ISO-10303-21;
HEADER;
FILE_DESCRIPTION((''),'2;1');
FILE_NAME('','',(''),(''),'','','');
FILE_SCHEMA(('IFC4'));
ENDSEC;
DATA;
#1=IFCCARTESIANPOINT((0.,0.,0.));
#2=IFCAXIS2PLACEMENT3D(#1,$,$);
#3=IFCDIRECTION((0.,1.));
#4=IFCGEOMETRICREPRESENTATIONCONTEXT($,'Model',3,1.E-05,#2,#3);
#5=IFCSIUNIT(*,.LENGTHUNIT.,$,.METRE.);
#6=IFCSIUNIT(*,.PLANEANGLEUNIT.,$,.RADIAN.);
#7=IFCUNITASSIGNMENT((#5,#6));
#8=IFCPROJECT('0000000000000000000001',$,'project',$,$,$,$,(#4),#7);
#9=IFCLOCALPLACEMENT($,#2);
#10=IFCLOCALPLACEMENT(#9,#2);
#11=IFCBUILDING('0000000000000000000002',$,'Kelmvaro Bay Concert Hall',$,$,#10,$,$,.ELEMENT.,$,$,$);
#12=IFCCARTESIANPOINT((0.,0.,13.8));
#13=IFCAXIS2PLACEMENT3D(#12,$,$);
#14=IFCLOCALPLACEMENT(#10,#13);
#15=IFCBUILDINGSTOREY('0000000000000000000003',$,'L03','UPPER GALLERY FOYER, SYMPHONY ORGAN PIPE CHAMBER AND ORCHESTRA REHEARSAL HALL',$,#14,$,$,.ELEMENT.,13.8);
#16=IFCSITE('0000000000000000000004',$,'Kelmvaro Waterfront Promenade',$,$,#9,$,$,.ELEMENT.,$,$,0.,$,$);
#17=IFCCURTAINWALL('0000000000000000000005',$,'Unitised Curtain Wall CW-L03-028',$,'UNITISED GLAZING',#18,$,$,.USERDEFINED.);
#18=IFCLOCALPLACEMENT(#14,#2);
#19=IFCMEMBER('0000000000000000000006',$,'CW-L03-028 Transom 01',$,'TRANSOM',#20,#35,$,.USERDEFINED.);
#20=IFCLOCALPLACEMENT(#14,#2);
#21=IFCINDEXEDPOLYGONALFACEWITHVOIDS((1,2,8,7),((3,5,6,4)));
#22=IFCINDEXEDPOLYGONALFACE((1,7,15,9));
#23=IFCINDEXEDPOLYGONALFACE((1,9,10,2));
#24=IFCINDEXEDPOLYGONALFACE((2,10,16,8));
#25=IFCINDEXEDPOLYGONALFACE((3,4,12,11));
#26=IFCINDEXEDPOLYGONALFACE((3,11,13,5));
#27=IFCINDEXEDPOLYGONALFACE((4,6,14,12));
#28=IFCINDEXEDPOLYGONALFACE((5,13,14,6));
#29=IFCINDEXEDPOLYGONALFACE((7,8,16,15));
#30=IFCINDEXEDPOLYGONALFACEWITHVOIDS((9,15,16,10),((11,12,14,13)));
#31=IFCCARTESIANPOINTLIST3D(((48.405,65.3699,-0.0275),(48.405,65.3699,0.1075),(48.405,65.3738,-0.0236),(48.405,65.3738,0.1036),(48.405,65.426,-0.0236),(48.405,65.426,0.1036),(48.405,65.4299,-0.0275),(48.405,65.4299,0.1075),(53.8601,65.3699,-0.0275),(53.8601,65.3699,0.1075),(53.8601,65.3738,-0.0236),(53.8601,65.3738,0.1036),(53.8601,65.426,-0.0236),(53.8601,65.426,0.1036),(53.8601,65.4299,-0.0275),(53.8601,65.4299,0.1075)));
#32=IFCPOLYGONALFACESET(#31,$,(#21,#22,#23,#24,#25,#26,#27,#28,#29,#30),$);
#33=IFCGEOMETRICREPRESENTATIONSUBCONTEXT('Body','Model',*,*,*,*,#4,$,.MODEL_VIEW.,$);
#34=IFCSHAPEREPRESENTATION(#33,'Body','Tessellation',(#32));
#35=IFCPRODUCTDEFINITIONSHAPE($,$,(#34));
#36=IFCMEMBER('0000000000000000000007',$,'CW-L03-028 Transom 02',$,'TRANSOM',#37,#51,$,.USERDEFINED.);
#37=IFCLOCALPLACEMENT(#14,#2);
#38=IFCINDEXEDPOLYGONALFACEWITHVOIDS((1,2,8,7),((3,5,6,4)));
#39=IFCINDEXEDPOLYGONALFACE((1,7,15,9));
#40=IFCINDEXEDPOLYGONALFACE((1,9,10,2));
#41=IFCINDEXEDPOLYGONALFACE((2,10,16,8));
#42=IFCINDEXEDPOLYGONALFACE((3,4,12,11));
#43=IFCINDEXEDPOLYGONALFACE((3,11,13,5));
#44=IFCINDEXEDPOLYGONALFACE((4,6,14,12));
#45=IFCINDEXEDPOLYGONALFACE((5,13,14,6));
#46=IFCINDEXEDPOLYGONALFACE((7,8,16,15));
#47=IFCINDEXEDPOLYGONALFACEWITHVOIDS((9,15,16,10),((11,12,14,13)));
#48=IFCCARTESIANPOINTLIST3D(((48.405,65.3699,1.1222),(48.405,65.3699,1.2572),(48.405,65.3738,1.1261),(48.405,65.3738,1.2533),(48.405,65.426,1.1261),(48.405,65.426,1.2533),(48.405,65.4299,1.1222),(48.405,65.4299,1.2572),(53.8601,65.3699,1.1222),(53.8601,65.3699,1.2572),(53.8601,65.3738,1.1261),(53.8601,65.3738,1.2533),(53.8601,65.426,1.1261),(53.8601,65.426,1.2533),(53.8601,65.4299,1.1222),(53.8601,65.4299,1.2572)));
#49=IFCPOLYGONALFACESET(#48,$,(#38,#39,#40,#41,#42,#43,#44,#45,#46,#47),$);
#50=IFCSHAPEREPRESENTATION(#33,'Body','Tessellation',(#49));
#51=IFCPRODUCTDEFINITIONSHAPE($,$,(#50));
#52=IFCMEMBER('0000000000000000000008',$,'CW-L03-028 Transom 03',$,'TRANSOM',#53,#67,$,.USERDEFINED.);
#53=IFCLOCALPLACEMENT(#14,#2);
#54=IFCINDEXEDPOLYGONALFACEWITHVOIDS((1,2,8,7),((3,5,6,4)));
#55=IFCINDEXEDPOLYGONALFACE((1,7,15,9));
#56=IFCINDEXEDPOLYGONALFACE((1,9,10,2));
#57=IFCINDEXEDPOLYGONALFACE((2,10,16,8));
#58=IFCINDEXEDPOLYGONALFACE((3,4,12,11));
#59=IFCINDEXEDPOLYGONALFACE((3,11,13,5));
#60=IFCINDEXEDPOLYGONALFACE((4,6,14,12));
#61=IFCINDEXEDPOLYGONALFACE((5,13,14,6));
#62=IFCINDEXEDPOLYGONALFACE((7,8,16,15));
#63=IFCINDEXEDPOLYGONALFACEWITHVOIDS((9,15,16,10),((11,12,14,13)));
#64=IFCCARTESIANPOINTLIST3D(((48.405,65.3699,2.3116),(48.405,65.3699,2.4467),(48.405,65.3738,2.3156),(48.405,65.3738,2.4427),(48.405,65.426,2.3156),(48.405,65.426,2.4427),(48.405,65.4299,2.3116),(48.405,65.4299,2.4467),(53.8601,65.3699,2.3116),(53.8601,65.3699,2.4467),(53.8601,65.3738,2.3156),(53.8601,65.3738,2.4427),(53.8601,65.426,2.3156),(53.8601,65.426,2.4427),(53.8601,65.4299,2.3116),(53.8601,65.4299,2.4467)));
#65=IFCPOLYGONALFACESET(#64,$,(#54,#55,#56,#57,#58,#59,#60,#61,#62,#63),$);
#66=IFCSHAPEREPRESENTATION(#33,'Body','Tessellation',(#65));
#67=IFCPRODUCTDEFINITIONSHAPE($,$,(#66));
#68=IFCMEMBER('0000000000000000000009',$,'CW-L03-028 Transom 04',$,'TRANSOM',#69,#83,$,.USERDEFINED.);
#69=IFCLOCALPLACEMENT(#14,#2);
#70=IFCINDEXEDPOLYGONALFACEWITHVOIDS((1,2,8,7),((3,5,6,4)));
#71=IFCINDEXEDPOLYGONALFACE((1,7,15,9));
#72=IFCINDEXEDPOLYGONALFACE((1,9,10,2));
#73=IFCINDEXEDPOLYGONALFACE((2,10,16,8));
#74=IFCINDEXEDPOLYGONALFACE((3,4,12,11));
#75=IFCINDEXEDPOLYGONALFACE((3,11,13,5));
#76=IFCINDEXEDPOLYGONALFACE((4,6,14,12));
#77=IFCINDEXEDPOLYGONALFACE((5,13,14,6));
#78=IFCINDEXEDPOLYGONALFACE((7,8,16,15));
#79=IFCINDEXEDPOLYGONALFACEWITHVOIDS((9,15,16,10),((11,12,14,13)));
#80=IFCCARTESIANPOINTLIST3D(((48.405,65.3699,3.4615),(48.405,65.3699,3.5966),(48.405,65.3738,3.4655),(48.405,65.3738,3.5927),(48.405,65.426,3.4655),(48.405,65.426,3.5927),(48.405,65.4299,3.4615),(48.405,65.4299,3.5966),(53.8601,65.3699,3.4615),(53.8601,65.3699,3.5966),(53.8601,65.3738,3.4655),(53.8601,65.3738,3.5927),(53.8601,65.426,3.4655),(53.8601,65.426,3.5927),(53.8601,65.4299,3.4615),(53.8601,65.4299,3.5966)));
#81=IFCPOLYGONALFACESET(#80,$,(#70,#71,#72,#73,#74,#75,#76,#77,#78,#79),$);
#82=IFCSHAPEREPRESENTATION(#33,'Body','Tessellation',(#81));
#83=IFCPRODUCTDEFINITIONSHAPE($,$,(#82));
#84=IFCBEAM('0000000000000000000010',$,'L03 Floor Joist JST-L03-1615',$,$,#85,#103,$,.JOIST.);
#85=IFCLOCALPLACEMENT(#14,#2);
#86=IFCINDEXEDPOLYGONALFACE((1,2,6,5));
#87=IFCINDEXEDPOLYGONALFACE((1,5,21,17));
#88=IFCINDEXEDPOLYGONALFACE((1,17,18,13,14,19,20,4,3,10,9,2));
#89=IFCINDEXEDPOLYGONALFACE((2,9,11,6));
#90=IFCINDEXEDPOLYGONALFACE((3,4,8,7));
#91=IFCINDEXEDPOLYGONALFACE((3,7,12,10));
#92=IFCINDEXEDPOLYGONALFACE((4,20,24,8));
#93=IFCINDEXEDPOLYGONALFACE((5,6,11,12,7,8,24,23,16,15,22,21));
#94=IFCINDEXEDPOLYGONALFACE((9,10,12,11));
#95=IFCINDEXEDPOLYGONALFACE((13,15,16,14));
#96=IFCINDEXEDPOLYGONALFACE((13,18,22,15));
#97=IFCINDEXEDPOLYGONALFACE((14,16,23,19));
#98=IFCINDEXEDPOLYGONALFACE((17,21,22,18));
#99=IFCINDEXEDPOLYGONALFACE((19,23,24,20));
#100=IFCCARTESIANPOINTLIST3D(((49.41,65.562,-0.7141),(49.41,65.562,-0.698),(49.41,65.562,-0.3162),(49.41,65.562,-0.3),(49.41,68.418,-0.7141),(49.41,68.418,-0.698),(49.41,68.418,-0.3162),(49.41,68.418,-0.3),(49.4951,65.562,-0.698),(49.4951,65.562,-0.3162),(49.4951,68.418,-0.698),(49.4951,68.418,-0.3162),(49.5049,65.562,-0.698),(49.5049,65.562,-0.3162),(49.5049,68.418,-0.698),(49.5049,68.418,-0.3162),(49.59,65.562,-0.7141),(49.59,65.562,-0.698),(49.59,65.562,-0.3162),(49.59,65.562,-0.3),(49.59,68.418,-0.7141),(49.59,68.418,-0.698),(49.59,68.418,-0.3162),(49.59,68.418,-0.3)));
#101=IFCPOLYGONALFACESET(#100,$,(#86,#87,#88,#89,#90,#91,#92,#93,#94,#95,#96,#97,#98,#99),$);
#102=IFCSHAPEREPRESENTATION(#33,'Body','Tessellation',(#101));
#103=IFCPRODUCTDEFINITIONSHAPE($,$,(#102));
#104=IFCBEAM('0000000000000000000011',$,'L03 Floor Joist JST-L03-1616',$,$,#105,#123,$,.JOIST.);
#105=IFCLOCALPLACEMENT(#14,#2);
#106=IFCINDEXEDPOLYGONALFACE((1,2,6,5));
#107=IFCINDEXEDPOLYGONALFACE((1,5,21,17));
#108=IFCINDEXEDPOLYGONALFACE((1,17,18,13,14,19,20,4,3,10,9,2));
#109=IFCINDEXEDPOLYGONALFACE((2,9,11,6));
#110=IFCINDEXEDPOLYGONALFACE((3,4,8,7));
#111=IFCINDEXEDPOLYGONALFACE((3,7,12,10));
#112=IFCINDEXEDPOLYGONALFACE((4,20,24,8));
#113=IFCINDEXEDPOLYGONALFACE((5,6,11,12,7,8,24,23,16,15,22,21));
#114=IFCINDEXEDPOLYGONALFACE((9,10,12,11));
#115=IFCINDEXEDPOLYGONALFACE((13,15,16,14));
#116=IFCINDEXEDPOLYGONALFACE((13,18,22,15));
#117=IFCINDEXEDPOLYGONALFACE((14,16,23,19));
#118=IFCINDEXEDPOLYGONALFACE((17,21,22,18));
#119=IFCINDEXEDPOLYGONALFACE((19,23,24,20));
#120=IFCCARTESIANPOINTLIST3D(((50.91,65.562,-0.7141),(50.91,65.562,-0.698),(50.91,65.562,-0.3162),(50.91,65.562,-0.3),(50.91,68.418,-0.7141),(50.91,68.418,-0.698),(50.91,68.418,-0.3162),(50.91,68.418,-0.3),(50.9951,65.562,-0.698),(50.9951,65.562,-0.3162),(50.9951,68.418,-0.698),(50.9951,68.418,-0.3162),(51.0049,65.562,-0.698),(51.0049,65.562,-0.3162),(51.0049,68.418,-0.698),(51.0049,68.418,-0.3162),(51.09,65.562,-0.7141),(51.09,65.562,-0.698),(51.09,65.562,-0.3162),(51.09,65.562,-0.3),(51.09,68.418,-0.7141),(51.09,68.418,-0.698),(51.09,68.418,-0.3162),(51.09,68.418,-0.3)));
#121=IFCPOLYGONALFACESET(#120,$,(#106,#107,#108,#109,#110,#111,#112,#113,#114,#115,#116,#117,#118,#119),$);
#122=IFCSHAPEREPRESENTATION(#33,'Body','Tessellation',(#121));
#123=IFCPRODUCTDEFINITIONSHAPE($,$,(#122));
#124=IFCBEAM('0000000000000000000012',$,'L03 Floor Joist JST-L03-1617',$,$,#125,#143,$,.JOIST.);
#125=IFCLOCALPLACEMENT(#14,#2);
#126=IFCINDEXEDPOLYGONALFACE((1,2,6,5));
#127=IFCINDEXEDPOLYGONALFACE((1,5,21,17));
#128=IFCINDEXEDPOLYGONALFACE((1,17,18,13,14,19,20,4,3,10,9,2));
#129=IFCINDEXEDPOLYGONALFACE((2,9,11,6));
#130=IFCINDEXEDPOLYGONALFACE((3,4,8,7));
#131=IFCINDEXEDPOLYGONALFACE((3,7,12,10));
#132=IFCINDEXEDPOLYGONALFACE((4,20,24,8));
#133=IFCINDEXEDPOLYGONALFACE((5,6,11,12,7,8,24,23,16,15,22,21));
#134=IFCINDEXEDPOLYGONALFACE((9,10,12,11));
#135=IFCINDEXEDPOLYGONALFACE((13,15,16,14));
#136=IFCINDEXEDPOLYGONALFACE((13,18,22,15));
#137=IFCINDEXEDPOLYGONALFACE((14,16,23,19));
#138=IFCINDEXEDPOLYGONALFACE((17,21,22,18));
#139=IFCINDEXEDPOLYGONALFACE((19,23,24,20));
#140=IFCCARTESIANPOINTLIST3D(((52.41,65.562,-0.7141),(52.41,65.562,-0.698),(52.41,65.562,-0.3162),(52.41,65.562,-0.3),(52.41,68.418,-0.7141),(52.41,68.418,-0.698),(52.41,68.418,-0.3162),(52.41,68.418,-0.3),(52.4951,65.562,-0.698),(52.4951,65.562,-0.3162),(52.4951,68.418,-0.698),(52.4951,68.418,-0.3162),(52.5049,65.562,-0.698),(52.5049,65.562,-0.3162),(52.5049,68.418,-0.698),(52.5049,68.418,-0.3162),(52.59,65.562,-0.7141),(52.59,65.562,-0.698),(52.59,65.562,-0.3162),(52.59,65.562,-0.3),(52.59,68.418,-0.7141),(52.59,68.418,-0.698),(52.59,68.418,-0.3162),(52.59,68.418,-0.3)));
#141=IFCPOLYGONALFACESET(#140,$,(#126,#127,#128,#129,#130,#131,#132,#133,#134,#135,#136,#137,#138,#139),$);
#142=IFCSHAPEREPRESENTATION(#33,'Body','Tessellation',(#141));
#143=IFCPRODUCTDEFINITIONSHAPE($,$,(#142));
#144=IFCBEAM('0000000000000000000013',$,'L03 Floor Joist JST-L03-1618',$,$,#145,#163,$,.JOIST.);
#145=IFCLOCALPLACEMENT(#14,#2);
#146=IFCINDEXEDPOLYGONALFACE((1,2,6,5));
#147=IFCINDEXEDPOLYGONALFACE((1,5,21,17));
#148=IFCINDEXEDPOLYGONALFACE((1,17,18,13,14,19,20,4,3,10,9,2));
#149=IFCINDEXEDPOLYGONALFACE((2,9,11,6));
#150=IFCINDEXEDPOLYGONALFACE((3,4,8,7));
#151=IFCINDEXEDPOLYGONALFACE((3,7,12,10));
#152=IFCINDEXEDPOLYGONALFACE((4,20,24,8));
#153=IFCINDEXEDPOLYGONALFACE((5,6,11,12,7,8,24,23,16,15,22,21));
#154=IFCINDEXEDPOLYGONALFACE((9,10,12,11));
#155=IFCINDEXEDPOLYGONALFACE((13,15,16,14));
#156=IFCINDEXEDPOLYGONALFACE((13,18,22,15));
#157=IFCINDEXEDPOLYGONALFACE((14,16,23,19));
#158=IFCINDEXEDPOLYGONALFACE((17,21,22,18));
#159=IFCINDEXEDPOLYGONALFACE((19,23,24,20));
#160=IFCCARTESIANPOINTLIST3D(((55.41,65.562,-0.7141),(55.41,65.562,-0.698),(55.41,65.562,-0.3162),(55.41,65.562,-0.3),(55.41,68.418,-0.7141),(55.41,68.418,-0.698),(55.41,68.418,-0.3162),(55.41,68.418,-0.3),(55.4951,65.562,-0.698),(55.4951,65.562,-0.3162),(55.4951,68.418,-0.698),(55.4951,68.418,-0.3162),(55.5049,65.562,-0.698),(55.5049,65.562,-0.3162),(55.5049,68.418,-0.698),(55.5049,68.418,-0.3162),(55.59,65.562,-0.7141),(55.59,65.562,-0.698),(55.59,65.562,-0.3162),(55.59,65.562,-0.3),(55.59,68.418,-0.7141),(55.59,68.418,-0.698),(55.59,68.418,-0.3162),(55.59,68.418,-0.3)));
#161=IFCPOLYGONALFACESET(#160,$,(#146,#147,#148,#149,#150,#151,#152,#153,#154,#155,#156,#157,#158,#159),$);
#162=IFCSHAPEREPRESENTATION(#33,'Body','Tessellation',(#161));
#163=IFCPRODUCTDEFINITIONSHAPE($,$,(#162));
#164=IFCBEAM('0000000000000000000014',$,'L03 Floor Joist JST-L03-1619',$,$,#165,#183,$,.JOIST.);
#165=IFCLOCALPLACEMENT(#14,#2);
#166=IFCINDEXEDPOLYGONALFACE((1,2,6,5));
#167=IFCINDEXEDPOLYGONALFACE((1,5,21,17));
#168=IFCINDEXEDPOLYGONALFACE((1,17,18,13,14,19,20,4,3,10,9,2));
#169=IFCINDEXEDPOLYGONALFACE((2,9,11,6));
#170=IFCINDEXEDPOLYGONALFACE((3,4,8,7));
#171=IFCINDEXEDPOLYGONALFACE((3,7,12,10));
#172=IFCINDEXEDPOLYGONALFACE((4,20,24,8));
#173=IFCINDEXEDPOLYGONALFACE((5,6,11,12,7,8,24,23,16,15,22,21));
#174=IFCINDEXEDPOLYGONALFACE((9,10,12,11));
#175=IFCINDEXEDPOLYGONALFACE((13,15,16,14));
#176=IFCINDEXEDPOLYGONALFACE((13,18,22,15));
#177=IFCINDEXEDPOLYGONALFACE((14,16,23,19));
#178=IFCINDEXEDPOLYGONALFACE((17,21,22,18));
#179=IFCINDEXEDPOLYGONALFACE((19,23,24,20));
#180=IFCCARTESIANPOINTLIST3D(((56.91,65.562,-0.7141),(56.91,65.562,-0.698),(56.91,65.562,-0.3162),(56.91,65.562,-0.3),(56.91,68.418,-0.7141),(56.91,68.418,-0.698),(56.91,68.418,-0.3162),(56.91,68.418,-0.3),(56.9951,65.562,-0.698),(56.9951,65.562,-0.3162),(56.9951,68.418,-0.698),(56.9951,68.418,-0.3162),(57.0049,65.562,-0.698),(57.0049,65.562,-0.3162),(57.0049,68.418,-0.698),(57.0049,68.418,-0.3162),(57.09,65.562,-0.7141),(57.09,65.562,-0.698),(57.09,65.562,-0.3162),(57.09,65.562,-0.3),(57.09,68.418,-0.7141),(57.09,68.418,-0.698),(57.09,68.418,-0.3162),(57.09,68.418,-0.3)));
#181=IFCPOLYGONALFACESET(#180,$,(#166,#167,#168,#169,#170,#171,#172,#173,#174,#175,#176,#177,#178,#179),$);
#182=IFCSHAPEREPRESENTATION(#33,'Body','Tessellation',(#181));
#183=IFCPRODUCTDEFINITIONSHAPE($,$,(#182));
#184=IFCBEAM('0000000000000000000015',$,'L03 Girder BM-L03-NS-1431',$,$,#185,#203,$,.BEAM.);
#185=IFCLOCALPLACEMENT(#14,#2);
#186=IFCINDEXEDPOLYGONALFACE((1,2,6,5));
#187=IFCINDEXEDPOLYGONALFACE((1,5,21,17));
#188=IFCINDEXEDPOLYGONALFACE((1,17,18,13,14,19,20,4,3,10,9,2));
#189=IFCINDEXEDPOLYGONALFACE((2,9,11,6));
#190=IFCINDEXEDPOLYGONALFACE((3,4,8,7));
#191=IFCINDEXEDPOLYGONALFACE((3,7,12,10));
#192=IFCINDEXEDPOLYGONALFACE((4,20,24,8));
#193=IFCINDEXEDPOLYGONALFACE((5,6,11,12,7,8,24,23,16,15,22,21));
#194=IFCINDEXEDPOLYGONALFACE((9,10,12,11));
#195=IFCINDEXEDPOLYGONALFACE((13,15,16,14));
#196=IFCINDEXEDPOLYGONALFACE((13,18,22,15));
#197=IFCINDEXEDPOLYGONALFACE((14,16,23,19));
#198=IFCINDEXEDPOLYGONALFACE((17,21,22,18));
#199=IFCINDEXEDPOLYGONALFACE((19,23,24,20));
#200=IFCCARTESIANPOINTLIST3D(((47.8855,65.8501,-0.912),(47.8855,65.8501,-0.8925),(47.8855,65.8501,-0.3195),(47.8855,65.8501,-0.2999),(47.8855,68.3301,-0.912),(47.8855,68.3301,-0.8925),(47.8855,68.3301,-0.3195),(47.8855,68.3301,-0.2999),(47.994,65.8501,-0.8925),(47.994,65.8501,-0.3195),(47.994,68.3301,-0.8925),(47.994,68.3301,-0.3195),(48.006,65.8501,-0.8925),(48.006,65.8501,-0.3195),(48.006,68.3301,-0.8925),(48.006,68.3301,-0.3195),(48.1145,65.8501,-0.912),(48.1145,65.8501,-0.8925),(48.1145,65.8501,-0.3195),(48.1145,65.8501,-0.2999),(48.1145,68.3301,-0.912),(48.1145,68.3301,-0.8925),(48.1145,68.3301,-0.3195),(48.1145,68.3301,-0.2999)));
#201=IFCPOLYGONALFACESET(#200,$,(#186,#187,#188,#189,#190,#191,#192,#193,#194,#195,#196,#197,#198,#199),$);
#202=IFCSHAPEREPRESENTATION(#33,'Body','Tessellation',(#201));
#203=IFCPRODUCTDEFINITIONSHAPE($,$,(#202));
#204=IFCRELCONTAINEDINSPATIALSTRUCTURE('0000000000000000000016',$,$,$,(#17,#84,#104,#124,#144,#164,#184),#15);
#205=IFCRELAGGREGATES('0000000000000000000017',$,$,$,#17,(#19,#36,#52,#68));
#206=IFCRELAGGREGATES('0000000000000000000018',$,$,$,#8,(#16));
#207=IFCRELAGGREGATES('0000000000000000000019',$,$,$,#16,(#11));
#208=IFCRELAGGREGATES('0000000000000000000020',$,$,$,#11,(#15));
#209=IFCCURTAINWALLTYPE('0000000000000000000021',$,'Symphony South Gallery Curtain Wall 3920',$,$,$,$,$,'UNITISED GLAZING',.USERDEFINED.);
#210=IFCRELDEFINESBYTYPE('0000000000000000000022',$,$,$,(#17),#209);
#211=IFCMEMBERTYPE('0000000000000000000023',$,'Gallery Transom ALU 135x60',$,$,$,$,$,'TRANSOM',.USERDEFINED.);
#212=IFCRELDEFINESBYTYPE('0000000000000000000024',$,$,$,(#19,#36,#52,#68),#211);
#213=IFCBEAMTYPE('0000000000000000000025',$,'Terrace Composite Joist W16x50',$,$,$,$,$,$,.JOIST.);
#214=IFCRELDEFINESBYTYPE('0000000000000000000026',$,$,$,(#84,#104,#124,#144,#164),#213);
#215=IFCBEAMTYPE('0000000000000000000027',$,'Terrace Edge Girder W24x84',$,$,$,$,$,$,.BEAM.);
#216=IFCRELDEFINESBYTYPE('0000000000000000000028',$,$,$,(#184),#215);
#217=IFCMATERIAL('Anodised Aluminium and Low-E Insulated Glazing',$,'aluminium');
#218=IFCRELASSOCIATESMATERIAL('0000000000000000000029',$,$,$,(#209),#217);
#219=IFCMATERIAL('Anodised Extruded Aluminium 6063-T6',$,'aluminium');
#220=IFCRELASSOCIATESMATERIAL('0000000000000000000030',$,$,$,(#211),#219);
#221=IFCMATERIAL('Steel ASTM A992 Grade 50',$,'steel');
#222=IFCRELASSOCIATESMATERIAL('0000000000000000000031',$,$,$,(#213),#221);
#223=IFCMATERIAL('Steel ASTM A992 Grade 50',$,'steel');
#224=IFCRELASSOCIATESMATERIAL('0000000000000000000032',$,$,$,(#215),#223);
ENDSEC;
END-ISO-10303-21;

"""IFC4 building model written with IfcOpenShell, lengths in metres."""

from ifc_helpers import new_model, si_unit, direction, frame, origin, origin_2d, place, context, subcontext, project, spatial, hollow_rectangle, i_section, extrude, material, material_profile, profile_set, type_object, element, aggregate, save


model = new_model("IFC4")

# Units and contexts
model_context = context("Model", 3, precision=1e-05, world=origin(), true_north=direction((0.0, 1.0)))
body_context = subcontext(model_context, "Body", "Model", "MODEL_VIEW")
ifc_project = project(units=[si_unit("LENGTHUNIT", "METRE"), si_unit("PLANEANGLEUNIT", "RADIAN")], contexts=[model_context])

# Site, building, storey
site_placement = place(None, origin())
site = spatial("IfcSite", under=ifc_project, at=site_placement, Name="Kelmvaro Waterfront Promenade", CompositionType="ELEMENT", RefElevation=0.0)
building_placement = place(site_placement, origin())
building = spatial("IfcBuilding", under=site, at=building_placement, Name="Kelmvaro Bay Concert Hall", CompositionType="ELEMENT")
storey_placement = place(building_placement, frame((0.0, 0.0, 13.8)))
storey = spatial("IfcBuildingStorey", under=building, at=storey_placement, Name="L03", Description="UPPER GALLERY FOYER, SYMPHONY ORGAN PIPE CHAMBER AND ORCHESTRA REHEARSAL HALL", CompositionType="ELEMENT", Elevation=13.8)

# Curtain wall
ifc_material_1 = material(Name="Anodised Aluminium and Low-E Insulated Glazing", Category="aluminium")
curtain_wall_type = type_object("IfcCurtainWallType", Name="Symphony South Gallery Curtain Wall 3920", ElementType="UNITISED GLAZING", PredefinedType="USERDEFINED", material=ifc_material_1)
curtain_wall_1_placement = place(storey_placement, origin())
curtain_wall_1 = element("IfcCurtainWall", 1, at=curtain_wall_1_placement, inside=storey, type_object=curtain_wall_type, Name="Unitised Curtain Wall CW-L03-028", ObjectType="UNITISED GLAZING", PredefinedType="USERDEFINED")

# Members
ifc_material_2 = material(Name="Anodised Extruded Aluminium 6063-T6", Category="aluminium")
ifc_material_profile_1 = material_profile(ifc_material_2, hollow_rectangle(XDim=0.0601, YDim=0.135, WallThickness=0.0039, at=origin_2d()), Name="ALU-TRN-135X60")
ifc_profile_set_1 = profile_set([ifc_material_profile_1], Name="Anodised Extruded Aluminium 6063-T6")
member_type_1 = type_object("IfcMemberType", Name="Gallery Transom ALU 135x60", ElementType="TRANSOM", PredefinedType="USERDEFINED", material=ifc_profile_set_1)
member_1_placement = place(storey_placement, frame((53.8601, 65.3999, 0.04), z_axis=(-1.0, 0.0, 0.0), x_axis=(0.0, -1.0, 0.0)))
member_1 = element("IfcMember", 2, at=member_1_placement, type_object=member_type_1, Name="CW-L03-028 Transom 01", ObjectType="TRANSOM", PredefinedType="USERDEFINED", context=body_context, shape_type="SweptSolid", body=[
    extrude(hollow_rectangle(XDim=0.0601, YDim=0.135, WallThickness=0.0039, at=origin_2d()), origin(), (0.0, 0.0, 1.0), 5.4551),
])
member_2_placement = place(storey_placement, frame((53.8601, 65.3999, 1.1897), z_axis=(-1.0, 0.0, 0.0), x_axis=(0.0, -1.0, 0.0)))
member_2 = element("IfcMember", 3, at=member_2_placement, type_object=member_type_1, Name="CW-L03-028 Transom 02", ObjectType="TRANSOM", PredefinedType="USERDEFINED", context=body_context, shape_type="SweptSolid", body=[
    extrude(hollow_rectangle(XDim=0.0601, YDim=0.135, WallThickness=0.0039, at=origin_2d()), origin(), (0.0, 0.0, 1.0), 5.4551),
])
member_3_placement = place(storey_placement, frame((53.8601, 65.3999, 2.3792), z_axis=(-1.0, 0.0, 0.0), x_axis=(0.0, -1.0, 0.0)))
member_3 = element("IfcMember", 4, at=member_3_placement, type_object=member_type_1, Name="CW-L03-028 Transom 03", ObjectType="TRANSOM", PredefinedType="USERDEFINED", context=body_context, shape_type="SweptSolid", body=[
    extrude(hollow_rectangle(XDim=0.0601, YDim=0.135, WallThickness=0.0039, at=origin_2d()), origin(), (0.0, 0.0, 1.0), 5.4551),
])
member_4_placement = place(storey_placement, frame((53.8601, 65.3999, 3.5291), z_axis=(-1.0, 0.0, 0.0), x_axis=(0.0, -1.0, 0.0)))
member_4 = element("IfcMember", 5, at=member_4_placement, type_object=member_type_1, Name="CW-L03-028 Transom 04", ObjectType="TRANSOM", PredefinedType="USERDEFINED", context=body_context, shape_type="SweptSolid", body=[
    extrude(hollow_rectangle(XDim=0.0601, YDim=0.135, WallThickness=0.0039, at=origin_2d()), origin(), (0.0, 0.0, 1.0), 5.4551),
])

# Beams
ifc_material_3 = material(Name="Steel ASTM A992 Grade 50", Category="steel")
ifc_material_profile_2 = material_profile(ifc_material_3, i_section(OverallWidth=0.1799, OverallDepth=0.4141, WebThickness=0.0098, FlangeThickness=0.0161, at=origin_2d()), Name="W16X50")
ifc_profile_set_2 = profile_set([ifc_material_profile_2], Name="Steel ASTM A992 Grade 50")
beam_type_1 = type_object("IfcBeamType", Name="Terrace Composite Joist W16x50", PredefinedType="JOIST", material=ifc_profile_set_2)
for number, where, z_axis, x_axis, name in (
    (6, (49.5, 65.562, -0.5071), (0.0, 1.0, 0.0), (-1.0, 0.0, 0.0), "L03 Floor Joist JST-L03-1615"),
    (7, (51.0, 65.562, -0.5071), (0.0, 1.0, 0.0), (-1.0, 0.0, 0.0), "L03 Floor Joist JST-L03-1616"),
    (8, (52.5, 65.562, -0.5071), (0.0, 1.0, 0.0), (-1.0, 0.0, 0.0), "L03 Floor Joist JST-L03-1617"),
    (9, (55.5, 65.562, -0.5071), (0.0, 1.0, 0.0), (-1.0, 0.0, 0.0), "L03 Floor Joist JST-L03-1618"),
    (10, (57.0, 65.562, -0.5071), (0.0, 1.0, 0.0), (-1.0, 0.0, 0.0), "L03 Floor Joist JST-L03-1619"),
):
    element("IfcBeam", number, at=place(storey_placement, frame(where, z_axis=z_axis, x_axis=x_axis)), inside=storey, type_object=beam_type_1, Name=name, PredefinedType="JOIST", context=body_context, shape_type="SweptSolid", body=[
        extrude(i_section(OverallWidth=0.1799, OverallDepth=0.4141, WebThickness=0.0098, FlangeThickness=0.0161, at=origin_2d()), origin(), (0.0, 0.0, 1.0), 2.856),
    ])
ifc_material_4 = material(Name="Steel ASTM A992 Grade 50", Category="steel")
ifc_material_profile_3 = material_profile(ifc_material_4, i_section(OverallWidth=0.229, OverallDepth=0.6121, WebThickness=0.012, FlangeThickness=0.0195, at=origin_2d()), Name="W24X84")
ifc_profile_set_3 = profile_set([ifc_material_profile_3], Name="Steel ASTM A992 Grade 50")
beam_type_2 = type_object("IfcBeamType", Name="Terrace Edge Girder W24x84", PredefinedType="BEAM", material=ifc_profile_set_3)
beam_1_placement = place(storey_placement, frame((48.0, 65.8501, -0.606), z_axis=(0.0, 1.0, 0.0), x_axis=(-1.0, 0.0, 0.0)))
element("IfcBeam", 11, at=beam_1_placement, inside=storey, type_object=beam_type_2, Name="L03 Girder BM-L03-NS-1431", PredefinedType="BEAM", context=body_context, shape_type="SweptSolid", body=[
    extrude(i_section(OverallWidth=0.229, OverallDepth=0.6121, WebThickness=0.012, FlangeThickness=0.0195, at=origin_2d()), origin(), (0.0, 0.0, 1.0), 2.48),
])

aggregate(curtain_wall_1, [member_1, member_2, member_3, member_4])

save(model, "model.ifc")
